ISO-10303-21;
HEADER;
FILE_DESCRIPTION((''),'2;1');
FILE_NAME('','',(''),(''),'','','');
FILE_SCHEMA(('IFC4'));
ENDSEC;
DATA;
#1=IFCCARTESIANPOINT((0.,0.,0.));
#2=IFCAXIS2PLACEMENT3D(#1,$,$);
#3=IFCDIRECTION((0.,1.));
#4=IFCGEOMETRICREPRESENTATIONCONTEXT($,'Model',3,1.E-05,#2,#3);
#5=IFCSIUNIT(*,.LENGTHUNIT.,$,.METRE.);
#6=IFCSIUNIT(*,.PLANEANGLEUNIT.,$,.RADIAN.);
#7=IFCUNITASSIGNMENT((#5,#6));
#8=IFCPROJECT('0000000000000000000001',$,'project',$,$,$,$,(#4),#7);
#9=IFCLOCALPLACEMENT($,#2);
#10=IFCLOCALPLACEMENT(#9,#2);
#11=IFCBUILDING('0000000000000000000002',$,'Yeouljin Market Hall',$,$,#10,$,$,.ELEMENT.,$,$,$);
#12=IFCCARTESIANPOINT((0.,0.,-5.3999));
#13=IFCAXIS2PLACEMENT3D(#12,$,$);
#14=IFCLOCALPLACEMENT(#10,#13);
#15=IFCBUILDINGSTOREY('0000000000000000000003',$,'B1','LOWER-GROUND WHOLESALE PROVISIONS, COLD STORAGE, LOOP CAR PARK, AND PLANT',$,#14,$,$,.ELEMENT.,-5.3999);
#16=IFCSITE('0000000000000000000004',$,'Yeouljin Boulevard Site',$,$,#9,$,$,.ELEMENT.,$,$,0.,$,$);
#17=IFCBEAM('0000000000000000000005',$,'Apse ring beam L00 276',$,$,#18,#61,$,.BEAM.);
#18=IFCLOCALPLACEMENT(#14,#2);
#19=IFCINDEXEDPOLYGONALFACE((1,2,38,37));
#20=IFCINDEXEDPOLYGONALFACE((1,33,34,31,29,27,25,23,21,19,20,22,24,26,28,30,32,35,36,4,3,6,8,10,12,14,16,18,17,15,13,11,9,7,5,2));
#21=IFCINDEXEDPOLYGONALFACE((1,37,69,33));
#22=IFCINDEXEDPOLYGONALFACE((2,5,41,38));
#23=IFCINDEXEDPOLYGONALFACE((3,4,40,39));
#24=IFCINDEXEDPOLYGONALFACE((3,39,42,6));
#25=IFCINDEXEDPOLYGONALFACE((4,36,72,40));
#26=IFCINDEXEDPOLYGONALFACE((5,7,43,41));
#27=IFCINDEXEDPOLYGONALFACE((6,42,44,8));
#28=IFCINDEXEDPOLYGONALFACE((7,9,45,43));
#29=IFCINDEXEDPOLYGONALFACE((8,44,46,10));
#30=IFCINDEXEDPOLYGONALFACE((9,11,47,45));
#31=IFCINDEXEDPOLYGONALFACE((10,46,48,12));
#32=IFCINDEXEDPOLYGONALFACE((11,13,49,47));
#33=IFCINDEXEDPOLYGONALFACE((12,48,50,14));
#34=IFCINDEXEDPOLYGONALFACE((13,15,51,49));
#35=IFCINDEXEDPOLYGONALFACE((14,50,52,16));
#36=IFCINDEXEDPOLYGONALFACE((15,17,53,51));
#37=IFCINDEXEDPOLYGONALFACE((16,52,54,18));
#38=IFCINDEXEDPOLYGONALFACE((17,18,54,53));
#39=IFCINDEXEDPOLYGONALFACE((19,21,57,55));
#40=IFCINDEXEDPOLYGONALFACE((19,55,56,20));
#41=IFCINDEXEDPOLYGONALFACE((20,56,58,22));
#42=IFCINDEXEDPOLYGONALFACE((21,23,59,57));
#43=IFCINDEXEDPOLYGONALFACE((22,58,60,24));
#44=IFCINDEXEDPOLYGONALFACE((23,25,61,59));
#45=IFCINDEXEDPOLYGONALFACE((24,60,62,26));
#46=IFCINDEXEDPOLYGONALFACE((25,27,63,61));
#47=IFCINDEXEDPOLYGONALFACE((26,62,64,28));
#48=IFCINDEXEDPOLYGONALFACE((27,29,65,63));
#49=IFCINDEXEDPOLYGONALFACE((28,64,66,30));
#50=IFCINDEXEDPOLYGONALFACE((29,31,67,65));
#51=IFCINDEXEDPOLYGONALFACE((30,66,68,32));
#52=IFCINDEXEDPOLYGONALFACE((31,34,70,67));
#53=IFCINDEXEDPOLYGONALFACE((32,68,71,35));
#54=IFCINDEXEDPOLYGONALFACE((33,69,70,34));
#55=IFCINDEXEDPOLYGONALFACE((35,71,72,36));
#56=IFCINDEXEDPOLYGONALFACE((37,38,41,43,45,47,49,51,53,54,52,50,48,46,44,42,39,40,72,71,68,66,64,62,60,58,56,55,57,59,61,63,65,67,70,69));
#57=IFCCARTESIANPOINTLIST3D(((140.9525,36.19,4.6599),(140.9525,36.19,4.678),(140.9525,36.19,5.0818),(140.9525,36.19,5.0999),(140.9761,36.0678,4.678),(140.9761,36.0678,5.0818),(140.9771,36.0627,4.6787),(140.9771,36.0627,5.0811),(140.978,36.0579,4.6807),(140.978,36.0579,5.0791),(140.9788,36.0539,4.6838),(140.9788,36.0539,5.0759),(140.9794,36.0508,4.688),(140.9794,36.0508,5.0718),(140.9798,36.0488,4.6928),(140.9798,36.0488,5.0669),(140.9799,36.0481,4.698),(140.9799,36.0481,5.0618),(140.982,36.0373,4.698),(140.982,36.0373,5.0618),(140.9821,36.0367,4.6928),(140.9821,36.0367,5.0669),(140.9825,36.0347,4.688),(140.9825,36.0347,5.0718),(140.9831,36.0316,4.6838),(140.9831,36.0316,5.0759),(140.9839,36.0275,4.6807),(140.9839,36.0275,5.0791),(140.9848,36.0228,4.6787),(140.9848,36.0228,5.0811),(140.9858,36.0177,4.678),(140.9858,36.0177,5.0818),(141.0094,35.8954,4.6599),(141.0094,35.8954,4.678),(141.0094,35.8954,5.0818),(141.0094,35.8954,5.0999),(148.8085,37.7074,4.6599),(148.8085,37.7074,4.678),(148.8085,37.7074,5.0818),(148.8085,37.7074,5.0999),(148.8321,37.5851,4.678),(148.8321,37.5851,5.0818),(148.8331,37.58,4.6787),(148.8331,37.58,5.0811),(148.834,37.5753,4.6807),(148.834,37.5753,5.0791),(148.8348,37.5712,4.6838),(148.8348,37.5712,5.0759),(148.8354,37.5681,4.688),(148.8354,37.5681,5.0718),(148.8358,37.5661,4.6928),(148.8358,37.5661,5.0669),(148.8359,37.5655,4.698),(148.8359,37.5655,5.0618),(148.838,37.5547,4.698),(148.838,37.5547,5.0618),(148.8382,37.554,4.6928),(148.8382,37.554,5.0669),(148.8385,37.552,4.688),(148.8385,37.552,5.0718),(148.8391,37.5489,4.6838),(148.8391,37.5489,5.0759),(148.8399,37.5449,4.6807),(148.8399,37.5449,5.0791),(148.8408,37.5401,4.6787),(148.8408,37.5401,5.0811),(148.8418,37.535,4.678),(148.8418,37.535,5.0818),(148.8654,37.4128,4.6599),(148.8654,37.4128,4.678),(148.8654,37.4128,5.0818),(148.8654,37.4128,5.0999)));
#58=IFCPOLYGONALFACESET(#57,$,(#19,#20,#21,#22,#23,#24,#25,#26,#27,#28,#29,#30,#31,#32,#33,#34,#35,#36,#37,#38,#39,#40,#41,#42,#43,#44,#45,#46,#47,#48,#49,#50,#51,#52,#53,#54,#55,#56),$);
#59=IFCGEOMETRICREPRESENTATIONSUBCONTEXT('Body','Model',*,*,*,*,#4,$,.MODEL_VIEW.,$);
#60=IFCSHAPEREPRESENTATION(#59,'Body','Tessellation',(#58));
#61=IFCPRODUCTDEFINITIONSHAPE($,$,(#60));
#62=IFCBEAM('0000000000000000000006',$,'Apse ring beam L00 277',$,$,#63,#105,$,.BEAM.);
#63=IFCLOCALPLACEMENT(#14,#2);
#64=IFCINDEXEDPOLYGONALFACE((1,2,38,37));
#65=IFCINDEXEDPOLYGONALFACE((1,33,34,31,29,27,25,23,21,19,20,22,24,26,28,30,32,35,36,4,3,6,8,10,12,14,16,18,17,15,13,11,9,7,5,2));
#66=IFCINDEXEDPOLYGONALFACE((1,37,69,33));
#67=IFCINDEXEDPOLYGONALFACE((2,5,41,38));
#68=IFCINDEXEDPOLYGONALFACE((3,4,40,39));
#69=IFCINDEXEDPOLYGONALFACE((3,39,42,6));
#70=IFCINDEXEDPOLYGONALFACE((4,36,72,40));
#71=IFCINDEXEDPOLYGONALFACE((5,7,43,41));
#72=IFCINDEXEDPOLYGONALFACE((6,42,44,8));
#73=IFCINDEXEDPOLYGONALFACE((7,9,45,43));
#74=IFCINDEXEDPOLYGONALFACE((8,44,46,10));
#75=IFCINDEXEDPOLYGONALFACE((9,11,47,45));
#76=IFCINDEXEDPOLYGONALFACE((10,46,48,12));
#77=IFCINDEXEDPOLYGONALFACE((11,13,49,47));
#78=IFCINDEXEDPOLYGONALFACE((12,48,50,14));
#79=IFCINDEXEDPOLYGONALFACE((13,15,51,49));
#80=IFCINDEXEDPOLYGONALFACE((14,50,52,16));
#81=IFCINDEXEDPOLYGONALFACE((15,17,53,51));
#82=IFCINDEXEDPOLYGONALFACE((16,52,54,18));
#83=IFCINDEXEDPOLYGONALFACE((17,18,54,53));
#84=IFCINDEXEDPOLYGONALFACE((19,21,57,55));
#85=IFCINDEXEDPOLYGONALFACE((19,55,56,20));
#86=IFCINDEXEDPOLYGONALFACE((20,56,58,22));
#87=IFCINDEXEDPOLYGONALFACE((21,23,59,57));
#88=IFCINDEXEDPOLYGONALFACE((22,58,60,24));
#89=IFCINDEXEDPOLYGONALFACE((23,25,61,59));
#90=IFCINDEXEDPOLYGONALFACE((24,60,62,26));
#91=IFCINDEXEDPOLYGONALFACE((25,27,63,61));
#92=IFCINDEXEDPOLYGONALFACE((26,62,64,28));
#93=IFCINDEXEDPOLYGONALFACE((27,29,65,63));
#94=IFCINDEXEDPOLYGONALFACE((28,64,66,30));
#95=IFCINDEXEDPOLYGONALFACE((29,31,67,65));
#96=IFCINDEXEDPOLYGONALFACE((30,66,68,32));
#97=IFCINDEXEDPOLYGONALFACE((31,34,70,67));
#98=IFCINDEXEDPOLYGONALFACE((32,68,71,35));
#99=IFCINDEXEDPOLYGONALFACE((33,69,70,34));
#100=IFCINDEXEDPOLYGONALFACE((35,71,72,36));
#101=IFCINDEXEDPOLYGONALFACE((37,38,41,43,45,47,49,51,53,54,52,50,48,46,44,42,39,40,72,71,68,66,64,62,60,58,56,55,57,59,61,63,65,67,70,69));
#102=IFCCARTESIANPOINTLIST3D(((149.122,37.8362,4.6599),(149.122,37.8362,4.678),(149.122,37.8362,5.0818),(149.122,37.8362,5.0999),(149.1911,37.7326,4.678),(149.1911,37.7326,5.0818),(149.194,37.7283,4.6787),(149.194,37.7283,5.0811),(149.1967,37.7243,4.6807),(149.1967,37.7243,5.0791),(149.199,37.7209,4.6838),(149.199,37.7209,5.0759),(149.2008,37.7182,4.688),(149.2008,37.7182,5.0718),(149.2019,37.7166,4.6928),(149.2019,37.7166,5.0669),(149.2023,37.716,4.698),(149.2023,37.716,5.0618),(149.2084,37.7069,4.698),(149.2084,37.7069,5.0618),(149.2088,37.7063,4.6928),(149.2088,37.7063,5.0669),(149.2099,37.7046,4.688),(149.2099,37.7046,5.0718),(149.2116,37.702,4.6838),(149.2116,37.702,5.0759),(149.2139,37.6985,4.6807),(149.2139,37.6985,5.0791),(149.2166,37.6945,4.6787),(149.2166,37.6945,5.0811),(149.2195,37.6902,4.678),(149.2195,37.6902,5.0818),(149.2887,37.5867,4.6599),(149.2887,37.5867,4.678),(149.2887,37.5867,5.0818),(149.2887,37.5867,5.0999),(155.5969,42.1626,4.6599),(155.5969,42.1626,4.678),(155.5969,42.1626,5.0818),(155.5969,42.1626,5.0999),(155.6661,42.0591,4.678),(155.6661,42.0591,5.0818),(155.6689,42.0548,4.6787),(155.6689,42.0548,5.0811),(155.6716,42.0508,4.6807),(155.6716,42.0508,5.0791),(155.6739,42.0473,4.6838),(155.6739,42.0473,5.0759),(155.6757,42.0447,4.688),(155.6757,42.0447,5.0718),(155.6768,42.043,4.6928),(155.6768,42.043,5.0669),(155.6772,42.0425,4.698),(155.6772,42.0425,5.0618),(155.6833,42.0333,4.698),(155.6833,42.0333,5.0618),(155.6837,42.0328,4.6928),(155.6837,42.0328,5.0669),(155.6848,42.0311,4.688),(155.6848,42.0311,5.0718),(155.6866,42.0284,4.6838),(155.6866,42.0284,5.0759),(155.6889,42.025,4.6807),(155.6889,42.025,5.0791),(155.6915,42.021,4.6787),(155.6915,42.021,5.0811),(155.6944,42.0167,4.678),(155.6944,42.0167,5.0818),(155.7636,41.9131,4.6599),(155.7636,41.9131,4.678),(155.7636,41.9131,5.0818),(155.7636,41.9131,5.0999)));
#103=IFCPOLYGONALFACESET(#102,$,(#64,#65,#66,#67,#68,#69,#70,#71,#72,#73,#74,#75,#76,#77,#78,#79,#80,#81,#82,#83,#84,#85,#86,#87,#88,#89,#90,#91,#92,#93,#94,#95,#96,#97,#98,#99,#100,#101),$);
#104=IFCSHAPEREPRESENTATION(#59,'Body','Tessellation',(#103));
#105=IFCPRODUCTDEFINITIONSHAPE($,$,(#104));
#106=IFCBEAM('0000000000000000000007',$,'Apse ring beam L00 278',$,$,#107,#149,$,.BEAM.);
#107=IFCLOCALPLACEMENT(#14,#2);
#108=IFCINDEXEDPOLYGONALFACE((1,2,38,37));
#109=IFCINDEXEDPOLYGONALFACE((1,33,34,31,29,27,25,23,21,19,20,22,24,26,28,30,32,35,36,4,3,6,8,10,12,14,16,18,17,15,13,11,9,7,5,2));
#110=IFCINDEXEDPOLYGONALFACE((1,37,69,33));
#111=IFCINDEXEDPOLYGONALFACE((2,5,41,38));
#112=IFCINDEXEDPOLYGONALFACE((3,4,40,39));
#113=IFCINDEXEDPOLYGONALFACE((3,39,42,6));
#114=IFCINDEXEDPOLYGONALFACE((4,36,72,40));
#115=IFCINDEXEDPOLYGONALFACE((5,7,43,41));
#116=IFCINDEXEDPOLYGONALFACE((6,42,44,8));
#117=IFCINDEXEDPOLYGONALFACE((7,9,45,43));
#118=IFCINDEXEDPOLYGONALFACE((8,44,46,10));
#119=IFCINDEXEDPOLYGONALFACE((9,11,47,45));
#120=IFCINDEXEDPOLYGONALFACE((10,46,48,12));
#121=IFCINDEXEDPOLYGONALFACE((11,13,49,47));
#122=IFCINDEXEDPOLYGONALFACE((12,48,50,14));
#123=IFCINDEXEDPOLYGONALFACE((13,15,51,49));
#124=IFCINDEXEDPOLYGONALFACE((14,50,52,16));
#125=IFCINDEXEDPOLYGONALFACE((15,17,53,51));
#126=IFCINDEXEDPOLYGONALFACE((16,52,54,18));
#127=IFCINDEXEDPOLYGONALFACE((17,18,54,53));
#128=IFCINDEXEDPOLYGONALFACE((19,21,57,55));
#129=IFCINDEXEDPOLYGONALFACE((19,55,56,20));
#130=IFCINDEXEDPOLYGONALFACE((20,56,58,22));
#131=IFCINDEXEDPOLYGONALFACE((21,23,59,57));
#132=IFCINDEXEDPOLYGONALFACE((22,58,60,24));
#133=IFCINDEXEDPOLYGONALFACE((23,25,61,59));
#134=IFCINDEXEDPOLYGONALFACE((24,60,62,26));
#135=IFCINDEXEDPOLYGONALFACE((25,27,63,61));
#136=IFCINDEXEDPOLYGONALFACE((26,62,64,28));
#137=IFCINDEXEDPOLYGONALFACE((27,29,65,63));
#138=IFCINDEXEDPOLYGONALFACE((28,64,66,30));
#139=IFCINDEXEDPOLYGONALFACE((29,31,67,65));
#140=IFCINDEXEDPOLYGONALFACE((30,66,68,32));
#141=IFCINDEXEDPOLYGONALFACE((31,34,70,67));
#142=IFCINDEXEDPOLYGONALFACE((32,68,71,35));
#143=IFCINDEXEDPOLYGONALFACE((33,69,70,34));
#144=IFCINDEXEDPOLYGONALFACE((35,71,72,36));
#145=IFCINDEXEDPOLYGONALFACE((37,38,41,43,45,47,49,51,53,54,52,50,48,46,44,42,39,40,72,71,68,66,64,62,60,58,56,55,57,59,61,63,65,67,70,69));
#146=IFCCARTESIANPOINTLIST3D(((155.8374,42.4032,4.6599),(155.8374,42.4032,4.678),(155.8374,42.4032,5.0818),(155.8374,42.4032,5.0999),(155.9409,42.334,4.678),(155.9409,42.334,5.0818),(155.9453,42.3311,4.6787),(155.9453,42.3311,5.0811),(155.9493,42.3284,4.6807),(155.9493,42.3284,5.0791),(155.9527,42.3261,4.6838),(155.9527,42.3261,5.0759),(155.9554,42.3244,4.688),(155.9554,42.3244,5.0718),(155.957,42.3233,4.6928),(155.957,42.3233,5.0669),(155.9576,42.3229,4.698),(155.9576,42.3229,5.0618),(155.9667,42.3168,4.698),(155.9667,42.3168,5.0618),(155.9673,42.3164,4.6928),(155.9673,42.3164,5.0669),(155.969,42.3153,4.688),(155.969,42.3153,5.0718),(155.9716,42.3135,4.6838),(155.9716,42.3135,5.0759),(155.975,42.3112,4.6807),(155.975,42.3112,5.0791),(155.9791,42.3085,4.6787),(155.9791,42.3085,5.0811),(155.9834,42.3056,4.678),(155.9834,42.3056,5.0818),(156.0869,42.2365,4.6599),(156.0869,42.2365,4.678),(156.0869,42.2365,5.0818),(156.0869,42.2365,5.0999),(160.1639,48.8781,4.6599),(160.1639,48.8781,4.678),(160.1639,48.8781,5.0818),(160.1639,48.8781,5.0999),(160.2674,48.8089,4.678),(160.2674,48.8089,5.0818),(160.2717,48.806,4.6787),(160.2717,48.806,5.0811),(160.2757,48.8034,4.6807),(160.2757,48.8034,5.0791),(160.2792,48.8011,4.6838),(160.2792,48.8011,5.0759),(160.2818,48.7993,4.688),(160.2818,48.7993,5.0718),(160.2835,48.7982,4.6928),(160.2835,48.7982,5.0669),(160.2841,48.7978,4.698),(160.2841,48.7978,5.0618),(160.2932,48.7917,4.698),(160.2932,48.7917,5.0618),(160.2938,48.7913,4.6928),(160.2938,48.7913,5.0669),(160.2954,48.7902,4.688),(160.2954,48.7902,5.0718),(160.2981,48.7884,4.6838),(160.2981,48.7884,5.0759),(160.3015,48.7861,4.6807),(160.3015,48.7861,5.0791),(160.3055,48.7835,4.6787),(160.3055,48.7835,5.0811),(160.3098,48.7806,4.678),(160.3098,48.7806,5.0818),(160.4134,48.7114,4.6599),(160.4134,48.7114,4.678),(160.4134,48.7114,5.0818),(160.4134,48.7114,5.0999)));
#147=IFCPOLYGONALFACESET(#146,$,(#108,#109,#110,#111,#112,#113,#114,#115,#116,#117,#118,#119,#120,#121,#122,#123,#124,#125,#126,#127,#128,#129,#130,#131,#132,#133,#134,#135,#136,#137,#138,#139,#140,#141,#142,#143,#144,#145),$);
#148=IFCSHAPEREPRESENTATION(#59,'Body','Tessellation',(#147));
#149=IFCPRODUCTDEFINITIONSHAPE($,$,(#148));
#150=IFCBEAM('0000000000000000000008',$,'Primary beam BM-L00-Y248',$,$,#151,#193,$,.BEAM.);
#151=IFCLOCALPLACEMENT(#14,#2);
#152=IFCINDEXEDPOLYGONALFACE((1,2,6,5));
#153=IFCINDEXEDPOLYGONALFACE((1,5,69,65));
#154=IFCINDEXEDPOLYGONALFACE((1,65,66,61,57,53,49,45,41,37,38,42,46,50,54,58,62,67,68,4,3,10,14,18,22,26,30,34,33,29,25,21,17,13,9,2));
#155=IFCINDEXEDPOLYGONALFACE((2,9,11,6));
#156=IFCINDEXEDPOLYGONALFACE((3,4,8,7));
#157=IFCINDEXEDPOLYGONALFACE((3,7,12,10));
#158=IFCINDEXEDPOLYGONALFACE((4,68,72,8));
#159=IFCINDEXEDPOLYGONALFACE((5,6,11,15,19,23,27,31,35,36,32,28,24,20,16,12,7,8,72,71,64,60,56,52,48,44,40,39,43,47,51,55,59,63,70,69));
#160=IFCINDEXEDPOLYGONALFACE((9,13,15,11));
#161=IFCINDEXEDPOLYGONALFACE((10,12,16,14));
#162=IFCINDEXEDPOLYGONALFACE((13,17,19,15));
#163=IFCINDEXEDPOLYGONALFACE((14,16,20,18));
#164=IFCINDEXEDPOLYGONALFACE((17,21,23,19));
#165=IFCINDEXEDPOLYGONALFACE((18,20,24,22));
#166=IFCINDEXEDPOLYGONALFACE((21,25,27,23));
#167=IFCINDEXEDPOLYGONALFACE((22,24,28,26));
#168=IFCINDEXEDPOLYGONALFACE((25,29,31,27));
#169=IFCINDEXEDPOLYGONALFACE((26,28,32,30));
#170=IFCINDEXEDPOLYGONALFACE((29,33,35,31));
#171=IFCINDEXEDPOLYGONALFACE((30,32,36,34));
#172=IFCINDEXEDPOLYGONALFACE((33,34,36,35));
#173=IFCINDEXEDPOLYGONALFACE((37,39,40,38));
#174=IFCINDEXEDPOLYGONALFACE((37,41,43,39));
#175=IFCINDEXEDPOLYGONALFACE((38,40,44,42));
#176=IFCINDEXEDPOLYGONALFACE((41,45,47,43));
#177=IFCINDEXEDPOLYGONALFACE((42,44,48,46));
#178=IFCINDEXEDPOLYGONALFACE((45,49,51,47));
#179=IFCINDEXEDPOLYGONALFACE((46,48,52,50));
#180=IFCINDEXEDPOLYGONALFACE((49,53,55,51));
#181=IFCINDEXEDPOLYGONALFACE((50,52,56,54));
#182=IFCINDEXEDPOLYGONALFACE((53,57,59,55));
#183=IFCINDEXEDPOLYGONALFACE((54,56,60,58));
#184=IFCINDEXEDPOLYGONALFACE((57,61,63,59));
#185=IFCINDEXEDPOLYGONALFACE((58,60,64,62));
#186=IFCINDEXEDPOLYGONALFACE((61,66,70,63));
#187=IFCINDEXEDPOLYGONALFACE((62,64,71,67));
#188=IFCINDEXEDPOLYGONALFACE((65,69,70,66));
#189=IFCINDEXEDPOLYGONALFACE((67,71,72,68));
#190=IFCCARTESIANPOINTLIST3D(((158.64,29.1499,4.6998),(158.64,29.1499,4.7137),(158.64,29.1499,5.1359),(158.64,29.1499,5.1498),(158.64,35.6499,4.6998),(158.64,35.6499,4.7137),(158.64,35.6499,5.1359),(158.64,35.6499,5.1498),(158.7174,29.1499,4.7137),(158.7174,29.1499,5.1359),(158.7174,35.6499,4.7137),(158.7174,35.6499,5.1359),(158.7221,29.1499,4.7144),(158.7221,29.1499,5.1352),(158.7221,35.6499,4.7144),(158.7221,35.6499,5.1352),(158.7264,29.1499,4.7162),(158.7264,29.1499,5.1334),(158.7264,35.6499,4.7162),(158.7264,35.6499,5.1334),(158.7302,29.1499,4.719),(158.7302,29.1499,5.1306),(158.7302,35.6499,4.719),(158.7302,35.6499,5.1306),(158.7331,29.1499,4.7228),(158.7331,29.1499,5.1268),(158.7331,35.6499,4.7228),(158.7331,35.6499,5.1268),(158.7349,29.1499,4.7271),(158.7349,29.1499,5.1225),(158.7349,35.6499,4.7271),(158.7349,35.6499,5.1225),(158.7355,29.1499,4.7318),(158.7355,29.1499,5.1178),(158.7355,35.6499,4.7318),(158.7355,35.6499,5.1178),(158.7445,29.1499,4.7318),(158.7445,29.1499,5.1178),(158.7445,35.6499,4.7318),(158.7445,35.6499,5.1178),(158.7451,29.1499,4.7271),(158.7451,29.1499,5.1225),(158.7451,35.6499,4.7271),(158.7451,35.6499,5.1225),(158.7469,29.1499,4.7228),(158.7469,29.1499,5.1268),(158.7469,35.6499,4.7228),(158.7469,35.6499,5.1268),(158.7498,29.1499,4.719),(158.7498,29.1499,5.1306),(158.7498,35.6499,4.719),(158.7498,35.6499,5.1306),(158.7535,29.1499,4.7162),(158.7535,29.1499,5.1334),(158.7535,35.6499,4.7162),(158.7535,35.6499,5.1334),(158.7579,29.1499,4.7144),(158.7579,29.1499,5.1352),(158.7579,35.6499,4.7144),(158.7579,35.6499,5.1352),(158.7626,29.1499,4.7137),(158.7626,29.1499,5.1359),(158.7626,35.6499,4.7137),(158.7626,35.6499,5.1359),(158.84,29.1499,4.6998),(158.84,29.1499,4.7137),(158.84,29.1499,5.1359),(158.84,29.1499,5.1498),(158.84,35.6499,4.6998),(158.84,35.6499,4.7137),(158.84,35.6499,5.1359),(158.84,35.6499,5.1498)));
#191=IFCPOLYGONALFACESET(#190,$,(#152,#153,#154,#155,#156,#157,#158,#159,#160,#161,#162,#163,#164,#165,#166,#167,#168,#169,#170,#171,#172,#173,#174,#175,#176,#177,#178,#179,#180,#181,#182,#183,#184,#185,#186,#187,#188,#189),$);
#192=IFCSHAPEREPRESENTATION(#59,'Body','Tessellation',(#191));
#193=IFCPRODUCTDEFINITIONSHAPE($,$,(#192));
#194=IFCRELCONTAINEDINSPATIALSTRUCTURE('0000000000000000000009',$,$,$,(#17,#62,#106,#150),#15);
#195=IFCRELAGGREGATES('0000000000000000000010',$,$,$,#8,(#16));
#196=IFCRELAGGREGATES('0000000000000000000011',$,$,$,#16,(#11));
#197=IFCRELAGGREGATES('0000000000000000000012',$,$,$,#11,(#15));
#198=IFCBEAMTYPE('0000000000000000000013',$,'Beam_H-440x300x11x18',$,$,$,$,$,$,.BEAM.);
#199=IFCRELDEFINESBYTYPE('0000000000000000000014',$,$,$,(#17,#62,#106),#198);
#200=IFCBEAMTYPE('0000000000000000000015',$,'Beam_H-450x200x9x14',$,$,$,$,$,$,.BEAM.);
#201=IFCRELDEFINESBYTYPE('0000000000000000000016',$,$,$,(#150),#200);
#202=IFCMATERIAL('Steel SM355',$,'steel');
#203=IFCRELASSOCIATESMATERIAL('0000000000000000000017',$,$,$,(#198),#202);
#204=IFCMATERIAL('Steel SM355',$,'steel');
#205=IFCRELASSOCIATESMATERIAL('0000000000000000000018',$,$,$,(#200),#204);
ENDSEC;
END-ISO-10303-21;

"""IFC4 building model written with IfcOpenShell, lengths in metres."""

from ifc_helpers import new_model, si_unit, direction, frame, origin, origin_2d, place, context, subcontext, project, spatial, i_section, extrude, material, material_profile, profile_set, type_object, element, save


model = new_model("IFC4")

# Units and contexts
model_context = context("Model", 3, precision=1e-05, world=origin(), true_north=direction((0.0, 1.0)))
body_context = subcontext(model_context, "Body", "Model", "MODEL_VIEW")
ifc_project = project(units=[si_unit("LENGTHUNIT", "METRE"), si_unit("PLANEANGLEUNIT", "RADIAN")], contexts=[model_context])

# Site, building, storey
site_placement = place(None, origin())
site = spatial("IfcSite", under=ifc_project, at=site_placement, Name="Yeouljin Boulevard Site", CompositionType="ELEMENT", RefElevation=0.0)
building_placement = place(site_placement, origin())
building = spatial("IfcBuilding", under=site, at=building_placement, Name="Yeouljin Market Hall", CompositionType="ELEMENT")
storey_placement = place(building_placement, frame((0.0, 0.0, -5.3999)))
storey = spatial("IfcBuildingStorey", under=building, at=storey_placement, Name="B1", Description="LOWER-GROUND WHOLESALE PROVISIONS, COLD STORAGE, LOOP CAR PARK, AND PLANT", CompositionType="ELEMENT", Elevation=-5.3999)

# Beams
ifc_material_1 = material(Name="Steel SM355", Category="steel")
ifc_material_profile_1 = material_profile(ifc_material_1, i_section(OverallWidth=0.3, OverallDepth=0.4399, WebThickness=0.011, FlangeThickness=0.0181, FilletRadius=0.02, at=origin_2d()), Name="H-440x300x11x18")
ifc_profile_set_1 = profile_set([ifc_material_profile_1], Name="Steel SM355")
beam_type_1 = type_object("IfcBeamType", Name="Beam_H-440x300x11x18", PredefinedType="BEAM", material=ifc_profile_set_1)
beam_1_placement = place(storey_placement, frame((140.981, 36.0427, 4.8799), z_axis=(0.981854, 0.18964, 0.0), x_axis=(-0.18964, 0.981854, 0.0)))
element("IfcBeam", 1, at=beam_1_placement, inside=storey, type_object=beam_type_1, Name="Apse ring beam L00 276", PredefinedType="BEAM", context=body_context, shape_type="SweptSolid", body=[
    extrude(i_section(OverallWidth=0.3, OverallDepth=0.4399, WebThickness=0.011, FlangeThickness=0.0181, FilletRadius=0.02, at=origin_2d()), origin(), (0.0, 0.0, 1.0), 8.0012),
])
for number, where, z_axis, x_axis, name in (
    (2, (149.2053, 37.7114, 4.8799), (0.831466, 0.555575, 0.0), (-0.555575, 0.831466, 0.0), "Apse ring beam L00 277"),
    (3, (155.9622, 42.3198, 4.8799), (0.555575, 0.831466, 0.0), (-0.831466, 0.555575, 0.0), "Apse ring beam L00 278"),
):
    element("IfcBeam", number, at=place(storey_placement, frame(where, z_axis=z_axis, x_axis=x_axis)), inside=storey, type_object=beam_type_1, Name=name, PredefinedType="BEAM", context=body_context, shape_type="SweptSolid", body=[
        extrude(i_section(OverallWidth=0.3, OverallDepth=0.4399, WebThickness=0.011, FlangeThickness=0.0181, FilletRadius=0.02, at=origin_2d()), origin(), (0.0, 0.0, 1.0), 7.7874),
    ])
ifc_material_2 = material(Name="Steel SM355", Category="steel")
ifc_material_profile_2 = material_profile(ifc_material_2, i_section(OverallWidth=0.2, OverallDepth=0.45, WebThickness=0.009, FlangeThickness=0.0139, FilletRadius=0.0181, at=origin_2d()), Name="H-450x200x9x14")
ifc_profile_set_2 = profile_set([ifc_material_profile_2], Name="Steel SM355")
beam_type_2 = type_object("IfcBeamType", Name="Beam_H-450x200x9x14", PredefinedType="BEAM", material=ifc_profile_set_2)
beam_2_placement = place(storey_placement, frame((158.74, 29.1499, 4.9248), z_axis=(0.0, 1.0, 0.0), x_axis=(-1.0, 0.0, 0.0)))
element("IfcBeam", 4, at=beam_2_placement, inside=storey, type_object=beam_type_2, Name="Primary beam BM-L00-Y248", PredefinedType="BEAM", context=body_context, shape_type="SweptSolid", body=[
    extrude(i_section(OverallWidth=0.2, OverallDepth=0.45, WebThickness=0.009, FlangeThickness=0.0139, FilletRadius=0.0181, at=origin_2d()), origin(), (0.0, 0.0, 1.0), 6.5),
])

save(model, "model.ifc")
